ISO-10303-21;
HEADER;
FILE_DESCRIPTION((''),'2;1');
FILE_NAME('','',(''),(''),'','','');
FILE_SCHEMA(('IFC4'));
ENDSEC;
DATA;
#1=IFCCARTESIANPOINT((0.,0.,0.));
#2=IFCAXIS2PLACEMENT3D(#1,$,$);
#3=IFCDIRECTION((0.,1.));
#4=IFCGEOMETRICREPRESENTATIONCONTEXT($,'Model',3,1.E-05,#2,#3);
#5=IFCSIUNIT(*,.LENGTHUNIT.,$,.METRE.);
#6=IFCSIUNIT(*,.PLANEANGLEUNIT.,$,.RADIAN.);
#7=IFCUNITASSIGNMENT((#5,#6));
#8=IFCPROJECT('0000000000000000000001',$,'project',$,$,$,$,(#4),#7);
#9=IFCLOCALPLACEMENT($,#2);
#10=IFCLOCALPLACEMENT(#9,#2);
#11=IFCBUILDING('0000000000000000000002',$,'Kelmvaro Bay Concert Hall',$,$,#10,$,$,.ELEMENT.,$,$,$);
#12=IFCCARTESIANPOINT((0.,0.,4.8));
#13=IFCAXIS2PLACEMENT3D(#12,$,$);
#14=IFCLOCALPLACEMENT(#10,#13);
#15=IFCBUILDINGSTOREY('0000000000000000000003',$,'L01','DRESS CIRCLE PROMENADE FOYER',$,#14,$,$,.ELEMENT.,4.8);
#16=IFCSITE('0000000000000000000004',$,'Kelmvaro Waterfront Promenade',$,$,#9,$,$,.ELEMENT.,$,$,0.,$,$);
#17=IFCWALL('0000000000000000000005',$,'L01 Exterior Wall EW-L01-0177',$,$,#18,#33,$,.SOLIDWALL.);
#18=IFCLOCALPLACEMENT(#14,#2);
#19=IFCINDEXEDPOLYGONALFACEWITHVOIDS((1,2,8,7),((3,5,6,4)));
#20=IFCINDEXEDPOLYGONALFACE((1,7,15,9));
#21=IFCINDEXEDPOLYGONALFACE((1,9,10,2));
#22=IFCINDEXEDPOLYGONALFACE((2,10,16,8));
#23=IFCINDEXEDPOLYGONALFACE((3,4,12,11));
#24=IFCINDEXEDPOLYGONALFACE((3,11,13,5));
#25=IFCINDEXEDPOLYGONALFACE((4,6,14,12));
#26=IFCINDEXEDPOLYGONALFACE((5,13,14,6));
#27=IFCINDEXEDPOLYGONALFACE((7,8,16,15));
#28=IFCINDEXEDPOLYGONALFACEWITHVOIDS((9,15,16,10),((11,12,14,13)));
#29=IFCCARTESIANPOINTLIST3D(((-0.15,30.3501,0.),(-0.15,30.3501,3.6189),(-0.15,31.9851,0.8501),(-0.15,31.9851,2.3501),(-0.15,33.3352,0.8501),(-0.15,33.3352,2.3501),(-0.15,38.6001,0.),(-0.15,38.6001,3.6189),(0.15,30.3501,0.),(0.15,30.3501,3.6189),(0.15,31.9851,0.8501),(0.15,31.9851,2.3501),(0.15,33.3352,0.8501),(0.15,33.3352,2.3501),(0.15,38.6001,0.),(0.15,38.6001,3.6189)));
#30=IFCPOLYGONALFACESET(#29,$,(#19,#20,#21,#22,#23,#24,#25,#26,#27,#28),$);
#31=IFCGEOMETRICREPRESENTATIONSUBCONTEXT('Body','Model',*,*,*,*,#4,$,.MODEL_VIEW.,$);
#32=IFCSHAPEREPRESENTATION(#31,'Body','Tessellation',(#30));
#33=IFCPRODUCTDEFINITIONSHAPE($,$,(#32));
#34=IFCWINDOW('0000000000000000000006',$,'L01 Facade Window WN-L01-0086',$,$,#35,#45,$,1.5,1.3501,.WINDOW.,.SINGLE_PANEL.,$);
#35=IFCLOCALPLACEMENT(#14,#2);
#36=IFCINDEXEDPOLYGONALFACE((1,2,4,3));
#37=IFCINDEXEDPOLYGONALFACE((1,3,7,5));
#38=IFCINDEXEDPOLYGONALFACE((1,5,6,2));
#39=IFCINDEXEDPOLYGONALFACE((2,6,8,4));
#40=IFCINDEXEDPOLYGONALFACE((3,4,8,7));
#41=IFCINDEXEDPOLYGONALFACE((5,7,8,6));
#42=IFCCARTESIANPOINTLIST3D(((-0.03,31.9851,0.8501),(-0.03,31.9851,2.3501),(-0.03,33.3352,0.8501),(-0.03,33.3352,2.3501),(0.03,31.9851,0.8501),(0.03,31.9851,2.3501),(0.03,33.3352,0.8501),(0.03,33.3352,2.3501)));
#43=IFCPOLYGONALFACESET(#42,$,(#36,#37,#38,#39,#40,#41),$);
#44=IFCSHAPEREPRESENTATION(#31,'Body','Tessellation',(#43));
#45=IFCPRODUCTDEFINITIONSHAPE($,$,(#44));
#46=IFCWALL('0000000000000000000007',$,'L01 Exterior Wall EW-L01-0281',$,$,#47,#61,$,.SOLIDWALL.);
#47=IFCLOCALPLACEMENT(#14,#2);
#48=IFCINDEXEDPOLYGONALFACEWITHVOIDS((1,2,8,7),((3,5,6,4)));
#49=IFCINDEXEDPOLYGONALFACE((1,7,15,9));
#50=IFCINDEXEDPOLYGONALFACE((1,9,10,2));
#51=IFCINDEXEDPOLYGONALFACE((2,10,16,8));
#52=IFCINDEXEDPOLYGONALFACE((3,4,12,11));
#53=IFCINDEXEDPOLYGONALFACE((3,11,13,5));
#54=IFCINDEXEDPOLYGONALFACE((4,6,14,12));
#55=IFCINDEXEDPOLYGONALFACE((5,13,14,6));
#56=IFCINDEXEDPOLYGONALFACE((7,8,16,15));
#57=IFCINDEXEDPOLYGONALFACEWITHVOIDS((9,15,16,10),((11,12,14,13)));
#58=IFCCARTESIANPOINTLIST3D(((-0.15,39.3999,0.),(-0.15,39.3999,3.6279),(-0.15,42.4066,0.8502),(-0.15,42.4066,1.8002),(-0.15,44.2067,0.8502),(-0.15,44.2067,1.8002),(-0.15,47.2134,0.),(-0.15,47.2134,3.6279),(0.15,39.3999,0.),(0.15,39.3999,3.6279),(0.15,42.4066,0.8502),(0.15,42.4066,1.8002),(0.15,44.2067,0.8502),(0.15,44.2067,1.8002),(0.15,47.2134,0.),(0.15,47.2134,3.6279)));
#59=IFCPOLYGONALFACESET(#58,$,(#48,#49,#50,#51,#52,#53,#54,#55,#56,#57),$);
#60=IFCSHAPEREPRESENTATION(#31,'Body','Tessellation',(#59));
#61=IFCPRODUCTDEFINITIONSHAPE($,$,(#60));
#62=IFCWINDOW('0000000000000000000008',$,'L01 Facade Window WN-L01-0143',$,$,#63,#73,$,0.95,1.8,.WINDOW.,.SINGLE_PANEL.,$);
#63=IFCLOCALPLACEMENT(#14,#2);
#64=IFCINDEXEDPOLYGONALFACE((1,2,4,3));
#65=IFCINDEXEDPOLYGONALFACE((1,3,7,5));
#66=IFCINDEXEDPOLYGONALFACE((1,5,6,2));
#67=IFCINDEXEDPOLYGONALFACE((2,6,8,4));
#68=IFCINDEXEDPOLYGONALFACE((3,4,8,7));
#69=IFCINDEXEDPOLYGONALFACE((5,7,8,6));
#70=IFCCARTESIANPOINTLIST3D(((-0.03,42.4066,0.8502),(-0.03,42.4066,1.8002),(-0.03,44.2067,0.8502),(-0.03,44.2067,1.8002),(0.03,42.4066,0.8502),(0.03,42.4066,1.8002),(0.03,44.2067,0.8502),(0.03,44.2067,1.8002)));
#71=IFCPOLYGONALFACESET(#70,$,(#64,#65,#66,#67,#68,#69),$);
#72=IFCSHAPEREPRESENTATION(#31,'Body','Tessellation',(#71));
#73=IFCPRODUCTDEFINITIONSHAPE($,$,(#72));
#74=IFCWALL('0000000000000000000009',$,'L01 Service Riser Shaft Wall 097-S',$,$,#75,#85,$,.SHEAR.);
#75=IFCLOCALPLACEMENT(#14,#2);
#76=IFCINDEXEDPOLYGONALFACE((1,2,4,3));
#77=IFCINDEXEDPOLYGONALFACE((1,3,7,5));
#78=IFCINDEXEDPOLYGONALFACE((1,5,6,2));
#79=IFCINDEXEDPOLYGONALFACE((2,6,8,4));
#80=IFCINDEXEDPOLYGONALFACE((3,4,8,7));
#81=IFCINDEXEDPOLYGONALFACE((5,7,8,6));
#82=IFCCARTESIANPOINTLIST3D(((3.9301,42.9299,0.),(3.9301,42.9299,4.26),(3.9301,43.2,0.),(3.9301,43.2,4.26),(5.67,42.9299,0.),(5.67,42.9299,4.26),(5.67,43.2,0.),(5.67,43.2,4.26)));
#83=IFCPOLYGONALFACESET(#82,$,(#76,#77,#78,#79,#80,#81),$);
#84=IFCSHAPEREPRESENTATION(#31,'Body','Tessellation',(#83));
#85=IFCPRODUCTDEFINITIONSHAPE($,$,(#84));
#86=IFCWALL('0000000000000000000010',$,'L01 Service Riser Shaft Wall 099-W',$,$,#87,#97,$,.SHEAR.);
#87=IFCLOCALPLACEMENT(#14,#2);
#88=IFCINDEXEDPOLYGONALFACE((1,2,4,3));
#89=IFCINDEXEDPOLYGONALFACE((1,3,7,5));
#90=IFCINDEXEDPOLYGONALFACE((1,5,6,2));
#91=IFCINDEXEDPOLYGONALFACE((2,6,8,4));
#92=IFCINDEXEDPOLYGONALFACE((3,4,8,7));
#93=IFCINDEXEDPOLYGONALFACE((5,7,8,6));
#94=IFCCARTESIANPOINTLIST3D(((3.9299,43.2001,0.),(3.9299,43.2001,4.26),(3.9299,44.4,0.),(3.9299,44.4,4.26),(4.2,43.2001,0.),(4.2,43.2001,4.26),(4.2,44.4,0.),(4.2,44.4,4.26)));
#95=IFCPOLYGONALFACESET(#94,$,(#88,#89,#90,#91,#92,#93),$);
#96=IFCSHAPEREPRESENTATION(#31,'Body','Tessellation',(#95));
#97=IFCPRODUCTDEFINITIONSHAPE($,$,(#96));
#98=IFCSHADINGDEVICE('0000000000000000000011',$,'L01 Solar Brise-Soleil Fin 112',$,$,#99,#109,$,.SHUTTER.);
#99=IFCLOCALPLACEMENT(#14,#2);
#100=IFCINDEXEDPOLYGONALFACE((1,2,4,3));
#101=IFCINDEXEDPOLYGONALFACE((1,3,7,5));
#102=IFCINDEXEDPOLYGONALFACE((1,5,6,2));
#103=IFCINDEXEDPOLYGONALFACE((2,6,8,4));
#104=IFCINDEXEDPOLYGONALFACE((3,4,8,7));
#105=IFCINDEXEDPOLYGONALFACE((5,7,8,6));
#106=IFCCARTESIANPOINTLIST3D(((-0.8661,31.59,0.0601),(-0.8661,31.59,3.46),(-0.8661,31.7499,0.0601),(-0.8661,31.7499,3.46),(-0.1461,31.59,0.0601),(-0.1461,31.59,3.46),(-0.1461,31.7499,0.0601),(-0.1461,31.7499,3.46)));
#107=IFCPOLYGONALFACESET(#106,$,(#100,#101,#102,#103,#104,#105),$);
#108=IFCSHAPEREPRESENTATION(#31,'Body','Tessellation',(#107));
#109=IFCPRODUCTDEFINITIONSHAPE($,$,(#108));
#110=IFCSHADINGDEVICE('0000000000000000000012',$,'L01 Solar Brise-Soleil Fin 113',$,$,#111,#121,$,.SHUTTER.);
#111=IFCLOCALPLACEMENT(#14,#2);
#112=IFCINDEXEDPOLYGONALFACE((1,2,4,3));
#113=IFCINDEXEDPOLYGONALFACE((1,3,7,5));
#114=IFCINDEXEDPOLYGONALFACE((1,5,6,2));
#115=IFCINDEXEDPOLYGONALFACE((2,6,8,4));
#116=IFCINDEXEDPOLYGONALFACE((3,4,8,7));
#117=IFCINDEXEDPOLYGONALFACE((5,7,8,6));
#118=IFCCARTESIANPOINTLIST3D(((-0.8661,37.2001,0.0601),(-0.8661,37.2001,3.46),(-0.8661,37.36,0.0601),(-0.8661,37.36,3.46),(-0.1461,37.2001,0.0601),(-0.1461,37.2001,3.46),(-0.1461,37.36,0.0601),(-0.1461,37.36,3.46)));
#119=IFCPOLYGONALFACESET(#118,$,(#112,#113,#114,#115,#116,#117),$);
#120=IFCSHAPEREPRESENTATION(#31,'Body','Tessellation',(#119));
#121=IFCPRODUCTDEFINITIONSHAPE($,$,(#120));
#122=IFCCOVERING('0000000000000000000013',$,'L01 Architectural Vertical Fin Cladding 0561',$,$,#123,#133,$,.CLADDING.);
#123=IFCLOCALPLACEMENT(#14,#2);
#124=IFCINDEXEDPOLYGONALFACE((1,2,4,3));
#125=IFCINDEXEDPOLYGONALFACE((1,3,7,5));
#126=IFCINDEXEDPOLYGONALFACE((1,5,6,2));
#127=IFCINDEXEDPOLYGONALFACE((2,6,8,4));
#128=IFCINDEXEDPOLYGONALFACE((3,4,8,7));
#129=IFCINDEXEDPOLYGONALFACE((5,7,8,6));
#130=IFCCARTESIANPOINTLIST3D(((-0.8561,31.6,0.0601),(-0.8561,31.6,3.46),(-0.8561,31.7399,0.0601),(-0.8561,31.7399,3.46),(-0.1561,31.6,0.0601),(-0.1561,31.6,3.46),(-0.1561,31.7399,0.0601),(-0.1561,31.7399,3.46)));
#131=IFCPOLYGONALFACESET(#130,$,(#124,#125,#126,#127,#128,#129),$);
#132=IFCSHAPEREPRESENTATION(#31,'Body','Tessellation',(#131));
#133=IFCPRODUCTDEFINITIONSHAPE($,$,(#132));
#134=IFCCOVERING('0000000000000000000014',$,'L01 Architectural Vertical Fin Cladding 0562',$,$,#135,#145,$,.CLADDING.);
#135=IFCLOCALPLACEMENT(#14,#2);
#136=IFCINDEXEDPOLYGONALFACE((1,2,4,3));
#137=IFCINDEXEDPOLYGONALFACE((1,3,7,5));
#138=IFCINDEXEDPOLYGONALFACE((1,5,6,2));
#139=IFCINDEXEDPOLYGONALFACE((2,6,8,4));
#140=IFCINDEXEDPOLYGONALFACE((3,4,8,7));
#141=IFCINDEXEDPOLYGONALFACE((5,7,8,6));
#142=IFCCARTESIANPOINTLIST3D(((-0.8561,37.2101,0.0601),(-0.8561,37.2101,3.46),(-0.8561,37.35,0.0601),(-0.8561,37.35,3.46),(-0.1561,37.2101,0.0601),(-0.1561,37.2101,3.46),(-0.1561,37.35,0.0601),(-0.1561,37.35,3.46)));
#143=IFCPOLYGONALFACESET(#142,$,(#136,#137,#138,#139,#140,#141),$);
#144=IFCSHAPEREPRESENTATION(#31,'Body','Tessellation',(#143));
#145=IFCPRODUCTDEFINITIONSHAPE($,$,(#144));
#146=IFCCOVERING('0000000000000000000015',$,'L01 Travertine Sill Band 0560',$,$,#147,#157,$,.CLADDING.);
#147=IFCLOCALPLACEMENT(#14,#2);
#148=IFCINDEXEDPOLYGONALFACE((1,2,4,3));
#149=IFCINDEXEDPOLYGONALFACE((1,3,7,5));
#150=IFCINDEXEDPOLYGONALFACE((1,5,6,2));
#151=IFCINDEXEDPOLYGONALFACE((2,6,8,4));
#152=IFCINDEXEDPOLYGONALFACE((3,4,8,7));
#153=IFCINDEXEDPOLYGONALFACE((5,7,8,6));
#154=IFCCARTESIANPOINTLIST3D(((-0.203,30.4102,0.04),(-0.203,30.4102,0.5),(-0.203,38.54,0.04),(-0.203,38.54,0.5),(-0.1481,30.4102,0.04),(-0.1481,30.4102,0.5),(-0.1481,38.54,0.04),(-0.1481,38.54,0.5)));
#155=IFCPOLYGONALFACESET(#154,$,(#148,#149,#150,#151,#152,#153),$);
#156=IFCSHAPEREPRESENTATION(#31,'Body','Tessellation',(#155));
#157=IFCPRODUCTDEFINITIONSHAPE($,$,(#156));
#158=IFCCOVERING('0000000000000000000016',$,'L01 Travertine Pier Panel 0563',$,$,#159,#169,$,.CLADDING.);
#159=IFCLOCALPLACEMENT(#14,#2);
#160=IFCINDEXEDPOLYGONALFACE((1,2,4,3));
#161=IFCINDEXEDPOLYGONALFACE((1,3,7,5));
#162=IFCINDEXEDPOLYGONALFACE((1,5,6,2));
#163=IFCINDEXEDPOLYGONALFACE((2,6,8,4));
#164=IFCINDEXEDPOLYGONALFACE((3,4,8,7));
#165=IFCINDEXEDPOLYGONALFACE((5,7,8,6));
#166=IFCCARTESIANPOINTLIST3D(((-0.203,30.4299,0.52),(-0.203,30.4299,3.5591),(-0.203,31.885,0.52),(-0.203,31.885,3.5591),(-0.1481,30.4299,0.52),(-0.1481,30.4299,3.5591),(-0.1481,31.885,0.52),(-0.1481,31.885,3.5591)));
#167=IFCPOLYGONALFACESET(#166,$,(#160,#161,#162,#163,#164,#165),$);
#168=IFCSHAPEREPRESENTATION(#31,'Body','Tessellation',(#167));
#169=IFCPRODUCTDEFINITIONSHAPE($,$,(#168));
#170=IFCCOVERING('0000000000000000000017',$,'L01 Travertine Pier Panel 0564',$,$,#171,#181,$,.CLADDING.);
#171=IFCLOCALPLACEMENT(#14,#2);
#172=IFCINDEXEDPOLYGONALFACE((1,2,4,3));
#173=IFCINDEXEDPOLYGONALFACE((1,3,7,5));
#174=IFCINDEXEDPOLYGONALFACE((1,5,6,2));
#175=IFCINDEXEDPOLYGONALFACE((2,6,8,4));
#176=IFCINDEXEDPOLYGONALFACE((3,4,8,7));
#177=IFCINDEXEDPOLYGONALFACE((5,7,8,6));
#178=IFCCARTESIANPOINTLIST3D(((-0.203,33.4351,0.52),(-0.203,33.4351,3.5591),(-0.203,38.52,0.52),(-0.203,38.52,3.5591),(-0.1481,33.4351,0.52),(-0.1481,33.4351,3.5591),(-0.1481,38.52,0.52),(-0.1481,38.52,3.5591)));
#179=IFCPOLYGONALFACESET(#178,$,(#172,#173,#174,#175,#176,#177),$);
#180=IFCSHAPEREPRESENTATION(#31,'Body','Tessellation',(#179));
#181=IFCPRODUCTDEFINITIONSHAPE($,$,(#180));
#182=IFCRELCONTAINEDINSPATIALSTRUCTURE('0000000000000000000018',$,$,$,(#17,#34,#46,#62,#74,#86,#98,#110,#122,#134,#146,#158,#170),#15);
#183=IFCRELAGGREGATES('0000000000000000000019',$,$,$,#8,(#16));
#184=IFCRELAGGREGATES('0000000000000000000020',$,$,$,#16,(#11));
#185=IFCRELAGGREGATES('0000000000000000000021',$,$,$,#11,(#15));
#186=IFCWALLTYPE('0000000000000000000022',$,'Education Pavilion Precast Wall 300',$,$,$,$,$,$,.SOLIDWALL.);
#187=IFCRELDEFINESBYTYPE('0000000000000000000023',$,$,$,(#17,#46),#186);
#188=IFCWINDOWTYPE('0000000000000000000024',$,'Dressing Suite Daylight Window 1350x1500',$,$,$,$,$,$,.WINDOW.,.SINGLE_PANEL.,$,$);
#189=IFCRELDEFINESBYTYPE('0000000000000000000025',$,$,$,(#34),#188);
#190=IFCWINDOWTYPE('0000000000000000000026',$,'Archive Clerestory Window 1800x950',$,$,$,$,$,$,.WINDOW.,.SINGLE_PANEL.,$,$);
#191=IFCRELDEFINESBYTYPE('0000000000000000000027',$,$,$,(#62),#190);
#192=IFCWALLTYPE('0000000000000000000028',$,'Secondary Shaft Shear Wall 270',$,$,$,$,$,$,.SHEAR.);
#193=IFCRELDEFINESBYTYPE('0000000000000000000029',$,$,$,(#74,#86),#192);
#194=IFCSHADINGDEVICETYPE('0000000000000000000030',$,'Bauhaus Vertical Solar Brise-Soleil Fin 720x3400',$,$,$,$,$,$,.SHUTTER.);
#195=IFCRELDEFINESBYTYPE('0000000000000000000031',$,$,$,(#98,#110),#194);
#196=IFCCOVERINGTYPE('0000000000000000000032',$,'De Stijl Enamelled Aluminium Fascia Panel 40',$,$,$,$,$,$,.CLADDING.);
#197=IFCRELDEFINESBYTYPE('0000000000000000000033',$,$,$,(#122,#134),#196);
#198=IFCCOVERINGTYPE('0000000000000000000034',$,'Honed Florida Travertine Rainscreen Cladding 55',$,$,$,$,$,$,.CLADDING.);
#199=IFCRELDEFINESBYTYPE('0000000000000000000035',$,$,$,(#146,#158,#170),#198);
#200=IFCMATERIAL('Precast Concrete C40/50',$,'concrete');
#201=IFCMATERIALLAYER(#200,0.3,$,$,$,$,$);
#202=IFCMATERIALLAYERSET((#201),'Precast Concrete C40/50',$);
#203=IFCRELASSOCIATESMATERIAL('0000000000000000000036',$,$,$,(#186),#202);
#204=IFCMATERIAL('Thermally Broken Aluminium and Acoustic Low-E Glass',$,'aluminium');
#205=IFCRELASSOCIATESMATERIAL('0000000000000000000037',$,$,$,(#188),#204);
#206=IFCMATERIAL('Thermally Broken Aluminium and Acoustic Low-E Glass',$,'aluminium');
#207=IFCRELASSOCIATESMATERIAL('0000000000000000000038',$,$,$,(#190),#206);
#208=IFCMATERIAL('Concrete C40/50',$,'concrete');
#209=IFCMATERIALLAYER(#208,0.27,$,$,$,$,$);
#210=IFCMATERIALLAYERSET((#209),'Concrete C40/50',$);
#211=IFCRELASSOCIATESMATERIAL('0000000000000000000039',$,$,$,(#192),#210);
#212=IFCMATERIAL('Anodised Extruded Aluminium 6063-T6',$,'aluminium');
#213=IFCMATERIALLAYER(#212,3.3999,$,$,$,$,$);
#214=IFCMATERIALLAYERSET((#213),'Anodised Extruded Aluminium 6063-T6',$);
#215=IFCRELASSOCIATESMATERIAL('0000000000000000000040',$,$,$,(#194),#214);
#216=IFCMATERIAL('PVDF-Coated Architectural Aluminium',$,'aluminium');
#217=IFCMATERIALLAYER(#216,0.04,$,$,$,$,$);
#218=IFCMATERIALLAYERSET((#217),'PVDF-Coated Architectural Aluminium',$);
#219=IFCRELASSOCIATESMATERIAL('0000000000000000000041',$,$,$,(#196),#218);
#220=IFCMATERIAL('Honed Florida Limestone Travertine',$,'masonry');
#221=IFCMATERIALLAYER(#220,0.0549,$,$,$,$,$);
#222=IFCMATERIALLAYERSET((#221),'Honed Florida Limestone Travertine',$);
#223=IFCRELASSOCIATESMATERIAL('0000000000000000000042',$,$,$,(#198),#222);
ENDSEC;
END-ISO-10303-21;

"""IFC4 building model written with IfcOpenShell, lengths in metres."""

from ifc_helpers import new_model, si_unit, direction, frame, frame_2d, origin, origin_2d, place, context, subcontext, project, spatial, rectangle, extrude, material, layer, layer_set, type_object, element, fill, save


model = new_model("IFC4")

# Units and contexts
model_context = context("Model", 3, precision=1e-05, world=origin(), true_north=direction((0.0, 1.0)))
body_context = subcontext(model_context, "Body", "Model", "MODEL_VIEW")
ifc_project = project(units=[si_unit("LENGTHUNIT", "METRE"), si_unit("PLANEANGLEUNIT", "RADIAN")], contexts=[model_context])

# Site, building, storey
site_placement = place(None, origin())
site = spatial("IfcSite", under=ifc_project, at=site_placement, Name="Kelmvaro Waterfront Promenade", CompositionType="ELEMENT", RefElevation=0.0)
building_placement = place(site_placement, origin())
building = spatial("IfcBuilding", under=site, at=building_placement, Name="Kelmvaro Bay Concert Hall", CompositionType="ELEMENT")
storey_placement = place(building_placement, frame((0.0, 0.0, 4.8)))
storey = spatial("IfcBuildingStorey", under=building, at=storey_placement, Name="L01", Description="DRESS CIRCLE PROMENADE FOYER", CompositionType="ELEMENT", Elevation=4.8)

# Walls, openings, windows
ifc_material_1 = material(Name="Precast Concrete C40/50", Category="concrete")
ifc_layer_1 = layer(ifc_material_1, 0.3)
ifc_layer_set_1 = layer_set([ifc_layer_1], Name="Precast Concrete C40/50")
wall_type_1 = type_object("IfcWallType", Name="Education Pavilion Precast Wall 300", PredefinedType="SOLIDWALL", material=ifc_layer_set_1)
wall_1_placement = place(storey_placement, frame((0.0, 30.3501, 0.0), z_axis=(0.0, 0.0, 1.0), x_axis=(0.0, 1.0, 0.0)))
wall_1 = element("IfcWall", 1, at=wall_1_placement, inside=storey, type_object=wall_type_1, Name="L01 Exterior Wall EW-L01-0177", PredefinedType="SOLIDWALL", context=body_context, shape_type="SweptSolid", body=[
    extrude(rectangle(XDim=8.25, YDim=0.3, at=frame_2d((4.125, 0.0))), origin(), (0.0, 0.0, 1.0), 3.6189),
])
opening_1_placement = place(wall_1_placement, frame((1.635, 0.0, 0.8501)))
opening_1 = element("IfcOpeningElement", 2, at=opening_1_placement, cuts=wall_1, PredefinedType="OPENING", context=body_context, shape_type="SweptSolid", body=[
    extrude(rectangle(XDim=1.3501, YDim=1.5, at=frame_2d((0.675, 0.75))), frame((0.0, 0.1599, 0.0), z_axis=(0.0, -1.0, 0.0), x_axis=(1.0, 0.0, 0.0)), (0.0, 0.0, 1.0), 0.3201),
])
ifc_material_2 = material(Name="Thermally Broken Aluminium and Acoustic Low-E Glass", Category="aluminium")
window_type_1 = type_object("IfcWindowType", Name="Dressing Suite Daylight Window 1350x1500", PartitioningType="SINGLE_PANEL", PredefinedType="WINDOW", material=ifc_material_2)
window_1_placement = place(opening_1_placement, origin())
window_1 = element("IfcWindow", 3, at=window_1_placement, inside=storey, type_object=window_type_1, Name="L01 Facade Window WN-L01-0086", OverallHeight=1.5, OverallWidth=1.3501, PartitioningType="SINGLE_PANEL", PredefinedType="WINDOW", context=body_context, shape_type="SweptSolid", body=[
    extrude(rectangle(XDim=1.3501, YDim=1.5, at=frame_2d((0.675, 0.75))), frame((0.0, 0.03, 0.0), z_axis=(0.0, -1.0, 0.0), x_axis=(1.0, 0.0, 0.0)), (0.0, 0.0, 1.0), 0.0601),
])
fill(opening_1, window_1)
wall_2_placement = place(storey_placement, frame((0.0, 39.3999, 0.0), z_axis=(0.0, 0.0, 1.0), x_axis=(0.0, 1.0, 0.0)))
wall_2 = element("IfcWall", 4, at=wall_2_placement, inside=storey, type_object=wall_type_1, Name="L01 Exterior Wall EW-L01-0281", PredefinedType="SOLIDWALL", context=body_context, shape_type="SweptSolid", body=[
    extrude(rectangle(XDim=7.8135, YDim=0.3, at=frame_2d((3.9067, 0.0))), origin(), (0.0, 0.0, 1.0), 3.6279),
])
opening_2_placement = place(wall_2_placement, frame((3.0068, 0.0, 0.8501)))
opening_2 = element("IfcOpeningElement", 5, at=opening_2_placement, cuts=wall_2, PredefinedType="OPENING", context=body_context, shape_type="SweptSolid", body=[
    extrude(rectangle(XDim=1.8, YDim=0.95, at=frame_2d((0.8999, 0.4751))), frame((0.0, 0.1599, 0.0), z_axis=(0.0, -1.0, 0.0), x_axis=(1.0, 0.0, 0.0)), (0.0, 0.0, 1.0), 0.3201),
])
ifc_material_3 = material(Name="Thermally Broken Aluminium and Acoustic Low-E Glass", Category="aluminium")
window_type_2 = type_object("IfcWindowType", Name="Archive Clerestory Window 1800x950", PartitioningType="SINGLE_PANEL", PredefinedType="WINDOW", material=ifc_material_3)
window_2_placement = place(opening_2_placement, origin())
window_2 = element("IfcWindow", 6, at=window_2_placement, inside=storey, type_object=window_type_2, Name="L01 Facade Window WN-L01-0143", OverallHeight=0.95, OverallWidth=1.8, PartitioningType="SINGLE_PANEL", PredefinedType="WINDOW", context=body_context, shape_type="SweptSolid", body=[
    extrude(rectangle(XDim=1.8, YDim=0.95, at=frame_2d((0.8999, 0.4751))), frame((0.0, 0.03, 0.0), z_axis=(0.0, -1.0, 0.0), x_axis=(1.0, 0.0, 0.0)), (0.0, 0.0, 1.0), 0.0601),
])
fill(opening_2, window_2)

# Walls
ifc_material_4 = material(Name="Concrete C40/50", Category="concrete")
ifc_layer_2 = layer(ifc_material_4, 0.27)
ifc_layer_set_2 = layer_set([ifc_layer_2], Name="Concrete C40/50")
wall_type_2 = type_object("IfcWallType", Name="Secondary Shaft Shear Wall 270", PredefinedType="SHEAR", material=ifc_layer_set_2)
wall_3_placement = place(storey_placement, frame((3.9299, 43.0649, 0.0), z_axis=(0.0, 0.0, 1.0), x_axis=(1.0, 0.0, 0.0)))
element("IfcWall", 7, at=wall_3_placement, inside=storey, type_object=wall_type_2, Name="L01 Service Riser Shaft Wall 097-S", PredefinedType="SHEAR", context=body_context, shape_type="SweptSolid", body=[
    extrude(rectangle(XDim=1.74, YDim=0.27, at=frame_2d((0.8701, 0.0))), origin(), (0.0, 0.0, 1.0), 4.26),
])
wall_4_placement = place(storey_placement, frame((4.0649, 43.2, 0.0), z_axis=(0.0, 0.0, 1.0), x_axis=(0.0, 1.0, 0.0)))
element("IfcWall", 8, at=wall_4_placement, inside=storey, type_object=wall_type_2, Name="L01 Service Riser Shaft Wall 099-W", PredefinedType="SHEAR", context=body_context, shape_type="SweptSolid", body=[
    extrude(rectangle(XDim=1.2, YDim=0.27, at=frame_2d((0.6001, 0.0))), origin(), (0.0, 0.0, 1.0), 4.26),
])

# Shading devices
ifc_material_5 = material(Name="Anodised Extruded Aluminium 6063-T6", Category="aluminium")
ifc_layer_3 = layer(ifc_material_5, 3.3999)
ifc_layer_set_3 = layer_set([ifc_layer_3], Name="Anodised Extruded Aluminium 6063-T6")
shading_device_type = type_object("IfcShadingDeviceType", Name="Bauhaus Vertical Solar Brise-Soleil Fin 720x3400", PredefinedType="SHUTTER", material=ifc_layer_set_3)
for number, where, z_axis, x_axis, name in (
    (9, (-0.5061, 31.6699, 0.0601), (0.0, 0.0, 1.0), (0.0, 1.0, 0.0), "L01 Solar Brise-Soleil Fin 112"),
    (10, (-0.5061, 37.28, 0.0601), (0.0, 0.0, 1.0), (0.0, 1.0, 0.0), "L01 Solar Brise-Soleil Fin 113"),
):
    element("IfcShadingDevice", number, at=place(storey_placement, frame(where, z_axis=z_axis, x_axis=x_axis)), inside=storey, type_object=shading_device_type, Name=name, PredefinedType="SHUTTER", context=body_context, shape_type="SweptSolid", body=[
        extrude(rectangle(XDim=0.1599, YDim=0.72, at=origin_2d()), origin(), (0.0, 0.0, 1.0), 3.3999),
    ])

# Coverings
ifc_material_6 = material(Name="PVDF-Coated Architectural Aluminium", Category="aluminium")
ifc_layer_4 = layer(ifc_material_6, 0.04)
ifc_layer_set_4 = layer_set([ifc_layer_4], Name="PVDF-Coated Architectural Aluminium")
covering_type_1 = type_object("IfcCoveringType", Name="De Stijl Enamelled Aluminium Fascia Panel 40", PredefinedType="CLADDING", material=ifc_layer_set_4)
for number, where, z_axis, x_axis, name in (
    (11, (-0.5061, 31.6699, 0.0601), (0.0, 0.0, 1.0), (0.0, 1.0, 0.0), "L01 Architectural Vertical Fin Cladding 0561"),
    (12, (-0.5061, 37.28, 0.0601), (0.0, 0.0, 1.0), (0.0, 1.0, 0.0), "L01 Architectural Vertical Fin Cladding 0562"),
):
    element("IfcCovering", number, at=place(storey_placement, frame(where, z_axis=z_axis, x_axis=x_axis)), inside=storey, type_object=covering_type_1, Name=name, PredefinedType="CLADDING", context=body_context, shape_type="SweptSolid", body=[
        extrude(rectangle(XDim=0.1399, YDim=0.7, at=origin_2d()), origin(), (0.0, 0.0, 1.0), 3.3999),
    ])
ifc_material_7 = material(Name="Honed Florida Limestone Travertine", Category="masonry")
ifc_layer_5 = layer(ifc_material_7, 0.0549)
ifc_layer_set_5 = layer_set([ifc_layer_5], Name="Honed Florida Limestone Travertine")
covering_type_2 = type_object("IfcCoveringType", Name="Honed Florida Travertine Rainscreen Cladding 55", PredefinedType="CLADDING", material=ifc_layer_set_5)
covering_1_placement = place(storey_placement, frame((-0.1755, 34.4751, 0.04), z_axis=(0.0, 0.0, 1.0), x_axis=(0.0, 1.0, 0.0)))
element("IfcCovering", 13, at=covering_1_placement, inside=storey, type_object=covering_type_2, Name="L01 Travertine Sill Band 0560", PredefinedType="CLADDING", context=body_context, shape_type="SweptSolid", body=[
    extrude(rectangle(XDim=8.1299, YDim=0.0549, at=origin_2d()), origin(), (0.0, 0.0, 1.0), 0.46),
])
covering_2_placement = place(storey_placement, frame((-0.1755, 31.1575, 0.52), z_axis=(0.0, 0.0, 1.0), x_axis=(0.0, 1.0, 0.0)))
element("IfcCovering", 14, at=covering_2_placement, inside=storey, type_object=covering_type_2, Name="L01 Travertine Pier Panel 0563", PredefinedType="CLADDING", context=body_context, shape_type="SweptSolid", body=[
    extrude(rectangle(XDim=1.4551, YDim=0.0549, at=origin_2d()), origin(), (0.0, 0.0, 1.0), 3.0391),
])
covering_3_placement = place(storey_placement, frame((-0.1755, 35.9775, 0.52), z_axis=(0.0, 0.0, 1.0), x_axis=(0.0, 1.0, 0.0)))
element("IfcCovering", 15, at=covering_3_placement, inside=storey, type_object=covering_type_2, Name="L01 Travertine Pier Panel 0564", PredefinedType="CLADDING", context=body_context, shape_type="SweptSolid", body=[
    extrude(rectangle(XDim=5.085, YDim=0.0549, at=origin_2d()), origin(), (0.0, 0.0, 1.0), 3.0391),
])

save(model, "model.ifc")
